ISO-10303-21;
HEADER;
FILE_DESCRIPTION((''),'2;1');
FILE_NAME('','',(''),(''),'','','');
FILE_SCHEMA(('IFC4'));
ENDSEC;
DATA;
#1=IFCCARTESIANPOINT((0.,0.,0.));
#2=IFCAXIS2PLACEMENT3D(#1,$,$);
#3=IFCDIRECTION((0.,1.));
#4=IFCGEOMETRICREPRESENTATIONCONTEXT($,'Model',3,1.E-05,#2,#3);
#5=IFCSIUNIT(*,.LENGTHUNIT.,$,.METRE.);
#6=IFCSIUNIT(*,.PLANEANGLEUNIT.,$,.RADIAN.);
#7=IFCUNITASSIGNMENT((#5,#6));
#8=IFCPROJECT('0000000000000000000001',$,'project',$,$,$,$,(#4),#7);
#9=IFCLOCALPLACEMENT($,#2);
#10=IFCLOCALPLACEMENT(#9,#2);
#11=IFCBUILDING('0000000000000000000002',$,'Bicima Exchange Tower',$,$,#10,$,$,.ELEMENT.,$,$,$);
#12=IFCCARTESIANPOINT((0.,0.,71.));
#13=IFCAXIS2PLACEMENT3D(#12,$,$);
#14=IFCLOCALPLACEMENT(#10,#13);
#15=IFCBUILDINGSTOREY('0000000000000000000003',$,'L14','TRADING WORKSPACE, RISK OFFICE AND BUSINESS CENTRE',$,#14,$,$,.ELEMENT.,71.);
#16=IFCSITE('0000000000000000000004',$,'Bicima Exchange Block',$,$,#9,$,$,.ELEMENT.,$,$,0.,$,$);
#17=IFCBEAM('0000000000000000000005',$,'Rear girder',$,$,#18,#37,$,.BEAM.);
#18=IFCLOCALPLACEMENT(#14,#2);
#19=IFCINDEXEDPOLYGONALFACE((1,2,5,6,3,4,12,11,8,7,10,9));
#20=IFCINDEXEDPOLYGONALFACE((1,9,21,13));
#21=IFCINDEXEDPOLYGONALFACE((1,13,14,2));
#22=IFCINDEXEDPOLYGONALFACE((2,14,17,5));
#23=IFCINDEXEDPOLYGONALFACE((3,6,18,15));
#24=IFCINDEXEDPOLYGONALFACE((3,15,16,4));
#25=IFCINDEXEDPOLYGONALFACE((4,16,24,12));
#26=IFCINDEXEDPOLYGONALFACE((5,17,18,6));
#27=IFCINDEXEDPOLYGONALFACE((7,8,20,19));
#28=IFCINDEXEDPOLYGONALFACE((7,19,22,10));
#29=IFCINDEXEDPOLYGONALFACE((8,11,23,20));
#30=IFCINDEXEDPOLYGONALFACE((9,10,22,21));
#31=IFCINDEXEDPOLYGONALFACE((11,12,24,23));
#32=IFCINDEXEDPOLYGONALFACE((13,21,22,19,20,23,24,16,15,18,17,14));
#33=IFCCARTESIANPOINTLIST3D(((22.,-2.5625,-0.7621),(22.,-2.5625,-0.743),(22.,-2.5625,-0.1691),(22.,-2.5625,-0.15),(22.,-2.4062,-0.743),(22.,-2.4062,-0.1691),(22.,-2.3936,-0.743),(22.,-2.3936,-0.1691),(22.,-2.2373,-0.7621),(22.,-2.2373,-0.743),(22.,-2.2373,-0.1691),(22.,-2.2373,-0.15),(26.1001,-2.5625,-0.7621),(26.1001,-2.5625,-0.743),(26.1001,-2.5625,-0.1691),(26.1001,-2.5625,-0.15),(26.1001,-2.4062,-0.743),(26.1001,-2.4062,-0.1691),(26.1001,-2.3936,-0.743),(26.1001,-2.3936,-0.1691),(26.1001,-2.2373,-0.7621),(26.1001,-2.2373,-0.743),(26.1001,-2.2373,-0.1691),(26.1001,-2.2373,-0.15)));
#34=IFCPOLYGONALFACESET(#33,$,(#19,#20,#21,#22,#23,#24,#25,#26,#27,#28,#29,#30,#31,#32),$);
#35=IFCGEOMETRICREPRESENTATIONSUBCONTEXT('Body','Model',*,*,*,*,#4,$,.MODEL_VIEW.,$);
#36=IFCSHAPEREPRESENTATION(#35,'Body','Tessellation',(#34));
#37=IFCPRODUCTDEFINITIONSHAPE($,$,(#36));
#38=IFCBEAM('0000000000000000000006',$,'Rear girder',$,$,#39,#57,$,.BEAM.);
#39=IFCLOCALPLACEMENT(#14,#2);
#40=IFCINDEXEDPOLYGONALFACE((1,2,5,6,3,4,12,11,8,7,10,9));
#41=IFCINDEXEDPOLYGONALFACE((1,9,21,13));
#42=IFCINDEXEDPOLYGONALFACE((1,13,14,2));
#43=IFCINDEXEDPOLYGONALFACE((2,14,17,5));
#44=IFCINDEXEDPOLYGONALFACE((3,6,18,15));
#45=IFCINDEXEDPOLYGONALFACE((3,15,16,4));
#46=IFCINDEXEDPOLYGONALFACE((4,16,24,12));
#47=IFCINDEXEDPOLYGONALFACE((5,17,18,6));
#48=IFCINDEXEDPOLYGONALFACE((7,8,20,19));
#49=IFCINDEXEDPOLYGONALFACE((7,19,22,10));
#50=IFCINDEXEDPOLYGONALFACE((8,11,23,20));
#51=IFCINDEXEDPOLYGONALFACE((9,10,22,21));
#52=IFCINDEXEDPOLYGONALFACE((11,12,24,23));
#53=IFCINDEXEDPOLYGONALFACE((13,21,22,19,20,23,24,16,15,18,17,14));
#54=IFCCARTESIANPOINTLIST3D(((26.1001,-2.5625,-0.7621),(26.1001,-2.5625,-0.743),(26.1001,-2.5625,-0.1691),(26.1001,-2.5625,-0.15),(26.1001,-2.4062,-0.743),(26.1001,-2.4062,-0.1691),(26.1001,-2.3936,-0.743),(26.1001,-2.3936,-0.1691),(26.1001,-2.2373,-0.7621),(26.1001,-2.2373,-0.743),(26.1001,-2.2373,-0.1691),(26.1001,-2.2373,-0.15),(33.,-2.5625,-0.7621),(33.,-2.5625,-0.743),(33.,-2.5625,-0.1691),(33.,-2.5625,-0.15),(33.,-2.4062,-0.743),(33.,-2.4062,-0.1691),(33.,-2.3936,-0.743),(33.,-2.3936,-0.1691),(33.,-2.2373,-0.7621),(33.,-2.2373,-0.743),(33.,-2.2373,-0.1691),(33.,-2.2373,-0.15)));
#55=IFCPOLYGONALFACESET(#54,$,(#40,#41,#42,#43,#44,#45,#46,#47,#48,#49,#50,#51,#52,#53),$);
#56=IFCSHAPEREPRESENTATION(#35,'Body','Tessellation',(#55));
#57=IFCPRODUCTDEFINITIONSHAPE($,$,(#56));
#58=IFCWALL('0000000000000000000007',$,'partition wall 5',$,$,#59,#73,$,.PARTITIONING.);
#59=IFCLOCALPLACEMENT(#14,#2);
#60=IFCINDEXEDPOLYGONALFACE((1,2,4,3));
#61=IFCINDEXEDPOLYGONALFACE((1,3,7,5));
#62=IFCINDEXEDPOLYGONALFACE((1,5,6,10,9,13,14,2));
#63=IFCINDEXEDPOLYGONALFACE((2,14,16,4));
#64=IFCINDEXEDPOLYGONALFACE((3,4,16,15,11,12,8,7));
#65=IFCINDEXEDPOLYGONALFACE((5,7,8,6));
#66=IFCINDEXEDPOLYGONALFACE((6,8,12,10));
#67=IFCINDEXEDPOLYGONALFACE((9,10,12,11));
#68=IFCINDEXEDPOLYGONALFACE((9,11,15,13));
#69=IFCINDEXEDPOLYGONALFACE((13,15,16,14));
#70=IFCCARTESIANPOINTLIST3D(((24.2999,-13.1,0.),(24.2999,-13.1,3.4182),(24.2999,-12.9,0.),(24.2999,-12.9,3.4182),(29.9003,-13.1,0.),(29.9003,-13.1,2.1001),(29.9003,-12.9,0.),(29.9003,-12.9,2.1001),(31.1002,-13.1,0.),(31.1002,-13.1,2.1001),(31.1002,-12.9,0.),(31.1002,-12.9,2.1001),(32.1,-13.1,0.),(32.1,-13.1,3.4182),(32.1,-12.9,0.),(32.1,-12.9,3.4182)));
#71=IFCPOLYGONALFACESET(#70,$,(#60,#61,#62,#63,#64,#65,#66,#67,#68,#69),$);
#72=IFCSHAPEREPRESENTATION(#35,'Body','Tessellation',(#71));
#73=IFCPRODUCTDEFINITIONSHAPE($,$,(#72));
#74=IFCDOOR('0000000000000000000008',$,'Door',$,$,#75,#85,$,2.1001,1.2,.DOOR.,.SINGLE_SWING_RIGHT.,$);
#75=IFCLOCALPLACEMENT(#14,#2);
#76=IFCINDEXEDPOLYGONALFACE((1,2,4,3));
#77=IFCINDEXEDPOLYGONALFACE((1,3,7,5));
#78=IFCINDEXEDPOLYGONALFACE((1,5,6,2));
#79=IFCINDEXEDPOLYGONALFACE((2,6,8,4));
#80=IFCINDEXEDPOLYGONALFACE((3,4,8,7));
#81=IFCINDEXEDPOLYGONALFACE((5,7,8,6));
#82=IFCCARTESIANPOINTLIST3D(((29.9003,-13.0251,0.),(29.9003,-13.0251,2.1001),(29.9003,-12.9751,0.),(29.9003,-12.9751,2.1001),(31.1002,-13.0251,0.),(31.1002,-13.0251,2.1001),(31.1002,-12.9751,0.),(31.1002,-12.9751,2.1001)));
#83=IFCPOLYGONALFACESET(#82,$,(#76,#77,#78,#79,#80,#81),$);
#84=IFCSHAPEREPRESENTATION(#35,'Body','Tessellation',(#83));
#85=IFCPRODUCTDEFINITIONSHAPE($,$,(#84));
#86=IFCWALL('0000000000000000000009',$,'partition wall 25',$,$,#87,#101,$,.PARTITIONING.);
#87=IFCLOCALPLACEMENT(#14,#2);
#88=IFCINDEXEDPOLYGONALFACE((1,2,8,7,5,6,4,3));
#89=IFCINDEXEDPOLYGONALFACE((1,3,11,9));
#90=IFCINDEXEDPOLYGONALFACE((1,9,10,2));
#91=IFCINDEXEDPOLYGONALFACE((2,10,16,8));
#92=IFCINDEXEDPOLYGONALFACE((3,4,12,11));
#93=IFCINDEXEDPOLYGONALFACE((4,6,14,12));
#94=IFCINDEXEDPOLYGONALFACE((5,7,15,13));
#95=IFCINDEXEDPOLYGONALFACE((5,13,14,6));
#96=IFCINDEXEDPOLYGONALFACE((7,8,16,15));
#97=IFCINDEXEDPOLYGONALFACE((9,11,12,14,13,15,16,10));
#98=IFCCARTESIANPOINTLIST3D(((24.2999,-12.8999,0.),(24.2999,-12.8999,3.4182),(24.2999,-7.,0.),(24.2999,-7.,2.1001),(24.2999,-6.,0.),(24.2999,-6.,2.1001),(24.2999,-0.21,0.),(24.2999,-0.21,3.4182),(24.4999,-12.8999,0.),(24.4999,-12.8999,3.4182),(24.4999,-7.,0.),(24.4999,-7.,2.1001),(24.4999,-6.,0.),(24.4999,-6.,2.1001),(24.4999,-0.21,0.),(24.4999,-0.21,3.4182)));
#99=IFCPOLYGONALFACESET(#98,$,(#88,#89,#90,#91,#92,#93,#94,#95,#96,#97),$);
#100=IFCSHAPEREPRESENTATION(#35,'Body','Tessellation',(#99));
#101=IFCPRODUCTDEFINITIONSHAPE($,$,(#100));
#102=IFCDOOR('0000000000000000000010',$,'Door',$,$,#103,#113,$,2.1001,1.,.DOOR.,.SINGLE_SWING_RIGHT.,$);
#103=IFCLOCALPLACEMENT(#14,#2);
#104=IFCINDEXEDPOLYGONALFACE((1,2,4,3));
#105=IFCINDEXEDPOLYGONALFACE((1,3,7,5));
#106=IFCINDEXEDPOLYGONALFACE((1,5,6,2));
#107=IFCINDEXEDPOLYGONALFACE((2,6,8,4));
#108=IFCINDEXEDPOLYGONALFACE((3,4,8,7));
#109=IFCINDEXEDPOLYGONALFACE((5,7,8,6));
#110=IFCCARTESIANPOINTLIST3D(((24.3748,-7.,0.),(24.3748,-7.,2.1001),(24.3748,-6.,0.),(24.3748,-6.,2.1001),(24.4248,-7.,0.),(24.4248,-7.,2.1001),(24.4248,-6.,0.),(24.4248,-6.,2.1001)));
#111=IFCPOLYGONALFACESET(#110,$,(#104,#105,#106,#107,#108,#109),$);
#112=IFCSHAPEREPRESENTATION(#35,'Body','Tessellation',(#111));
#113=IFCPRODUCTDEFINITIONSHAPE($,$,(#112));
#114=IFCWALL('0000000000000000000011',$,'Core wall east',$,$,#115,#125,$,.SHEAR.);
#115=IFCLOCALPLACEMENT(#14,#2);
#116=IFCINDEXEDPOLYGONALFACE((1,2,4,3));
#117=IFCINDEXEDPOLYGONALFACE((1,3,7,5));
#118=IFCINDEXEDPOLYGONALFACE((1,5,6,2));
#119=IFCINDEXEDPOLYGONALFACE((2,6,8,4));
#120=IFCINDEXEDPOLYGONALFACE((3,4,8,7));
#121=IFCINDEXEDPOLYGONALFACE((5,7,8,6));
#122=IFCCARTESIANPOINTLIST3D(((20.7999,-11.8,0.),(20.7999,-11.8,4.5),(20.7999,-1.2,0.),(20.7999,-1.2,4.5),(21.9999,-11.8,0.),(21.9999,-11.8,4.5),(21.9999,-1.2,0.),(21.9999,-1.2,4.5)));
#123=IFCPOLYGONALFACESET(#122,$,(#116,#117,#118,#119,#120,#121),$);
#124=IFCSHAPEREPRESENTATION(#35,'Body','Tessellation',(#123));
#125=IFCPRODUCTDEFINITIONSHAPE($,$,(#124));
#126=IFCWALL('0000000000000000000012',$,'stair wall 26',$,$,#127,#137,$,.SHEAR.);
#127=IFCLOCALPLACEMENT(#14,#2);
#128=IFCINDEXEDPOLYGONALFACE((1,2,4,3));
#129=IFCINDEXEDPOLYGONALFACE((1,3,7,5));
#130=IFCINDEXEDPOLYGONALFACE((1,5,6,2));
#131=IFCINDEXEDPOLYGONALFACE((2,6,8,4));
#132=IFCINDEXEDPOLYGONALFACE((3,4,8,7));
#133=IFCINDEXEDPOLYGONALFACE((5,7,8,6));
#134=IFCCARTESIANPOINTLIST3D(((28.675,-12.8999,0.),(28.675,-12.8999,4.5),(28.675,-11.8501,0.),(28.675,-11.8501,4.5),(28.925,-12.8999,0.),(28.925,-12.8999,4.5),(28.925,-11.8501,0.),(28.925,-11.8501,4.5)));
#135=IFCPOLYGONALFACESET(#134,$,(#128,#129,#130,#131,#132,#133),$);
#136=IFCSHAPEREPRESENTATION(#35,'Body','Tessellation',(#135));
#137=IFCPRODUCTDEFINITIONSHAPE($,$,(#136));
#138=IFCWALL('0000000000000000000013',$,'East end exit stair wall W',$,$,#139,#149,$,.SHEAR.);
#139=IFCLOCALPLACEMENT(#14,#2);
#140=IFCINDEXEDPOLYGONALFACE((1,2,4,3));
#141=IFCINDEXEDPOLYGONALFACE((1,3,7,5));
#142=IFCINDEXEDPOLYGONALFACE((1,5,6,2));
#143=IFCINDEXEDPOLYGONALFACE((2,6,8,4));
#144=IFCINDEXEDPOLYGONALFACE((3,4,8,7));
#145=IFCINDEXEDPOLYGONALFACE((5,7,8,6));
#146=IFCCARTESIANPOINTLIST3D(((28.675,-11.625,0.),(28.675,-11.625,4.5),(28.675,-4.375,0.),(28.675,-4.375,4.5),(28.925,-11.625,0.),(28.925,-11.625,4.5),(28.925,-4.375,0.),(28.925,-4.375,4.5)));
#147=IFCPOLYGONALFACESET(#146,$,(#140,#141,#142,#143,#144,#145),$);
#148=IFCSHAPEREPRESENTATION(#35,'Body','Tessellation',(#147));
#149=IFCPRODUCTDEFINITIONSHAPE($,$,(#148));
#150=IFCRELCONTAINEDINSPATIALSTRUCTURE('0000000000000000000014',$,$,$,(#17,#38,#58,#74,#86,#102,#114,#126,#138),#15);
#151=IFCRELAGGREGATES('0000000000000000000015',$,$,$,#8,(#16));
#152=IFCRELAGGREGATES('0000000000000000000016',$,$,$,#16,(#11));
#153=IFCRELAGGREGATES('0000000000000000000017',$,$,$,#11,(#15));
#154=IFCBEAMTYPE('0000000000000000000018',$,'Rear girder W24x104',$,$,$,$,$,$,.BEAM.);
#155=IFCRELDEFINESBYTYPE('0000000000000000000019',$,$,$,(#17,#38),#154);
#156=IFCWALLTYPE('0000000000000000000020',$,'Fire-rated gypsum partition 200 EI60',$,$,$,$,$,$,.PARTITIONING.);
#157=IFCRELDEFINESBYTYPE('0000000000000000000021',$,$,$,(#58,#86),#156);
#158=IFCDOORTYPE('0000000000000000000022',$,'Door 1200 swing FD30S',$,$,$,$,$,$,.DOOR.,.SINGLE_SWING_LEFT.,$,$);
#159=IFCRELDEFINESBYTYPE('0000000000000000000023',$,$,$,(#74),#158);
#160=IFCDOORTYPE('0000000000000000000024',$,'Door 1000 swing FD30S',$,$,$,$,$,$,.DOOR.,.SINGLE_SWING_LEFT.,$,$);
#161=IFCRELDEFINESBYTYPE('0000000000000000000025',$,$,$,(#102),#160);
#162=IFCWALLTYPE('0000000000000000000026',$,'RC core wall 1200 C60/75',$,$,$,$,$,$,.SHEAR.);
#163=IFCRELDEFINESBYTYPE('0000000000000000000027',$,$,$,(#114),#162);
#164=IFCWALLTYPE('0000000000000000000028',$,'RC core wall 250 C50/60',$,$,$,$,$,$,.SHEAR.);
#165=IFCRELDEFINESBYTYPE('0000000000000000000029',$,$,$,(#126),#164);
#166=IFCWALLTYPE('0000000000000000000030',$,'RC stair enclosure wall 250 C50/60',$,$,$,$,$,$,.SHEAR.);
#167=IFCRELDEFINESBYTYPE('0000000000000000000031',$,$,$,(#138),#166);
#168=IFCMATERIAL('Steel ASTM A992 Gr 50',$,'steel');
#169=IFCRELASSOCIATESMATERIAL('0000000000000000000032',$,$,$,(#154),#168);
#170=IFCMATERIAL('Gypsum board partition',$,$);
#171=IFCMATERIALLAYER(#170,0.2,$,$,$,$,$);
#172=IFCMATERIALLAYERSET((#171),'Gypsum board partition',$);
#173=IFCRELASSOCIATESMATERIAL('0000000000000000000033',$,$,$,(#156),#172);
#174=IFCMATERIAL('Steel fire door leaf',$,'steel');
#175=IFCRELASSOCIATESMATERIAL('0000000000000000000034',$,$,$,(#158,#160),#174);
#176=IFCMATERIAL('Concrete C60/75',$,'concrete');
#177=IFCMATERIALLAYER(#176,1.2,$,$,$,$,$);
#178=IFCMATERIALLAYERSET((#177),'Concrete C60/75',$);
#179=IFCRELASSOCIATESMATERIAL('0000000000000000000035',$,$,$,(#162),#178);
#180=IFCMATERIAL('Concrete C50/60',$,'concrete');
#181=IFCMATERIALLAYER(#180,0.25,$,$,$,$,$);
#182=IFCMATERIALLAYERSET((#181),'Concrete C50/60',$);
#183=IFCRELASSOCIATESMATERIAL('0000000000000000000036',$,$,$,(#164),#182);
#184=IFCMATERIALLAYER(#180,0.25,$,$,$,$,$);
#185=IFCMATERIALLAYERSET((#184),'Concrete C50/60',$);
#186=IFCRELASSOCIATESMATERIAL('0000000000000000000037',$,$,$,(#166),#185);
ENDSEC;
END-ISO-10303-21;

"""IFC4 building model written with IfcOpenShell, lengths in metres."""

from ifc_helpers import new_model, si_unit, direction, frame, frame_2d, origin, origin_2d, place, context, subcontext, project, spatial, rectangle, i_section, extrude, material, layer, layer_set, material_profile, profile_set, type_object, element, fill, save


model = new_model("IFC4")

# Units and contexts
model_context = context("Model", 3, precision=1e-05, world=origin(), true_north=direction((0.0, 1.0)))
body_context = subcontext(model_context, "Body", "Model", "MODEL_VIEW")
ifc_project = project(units=[si_unit("LENGTHUNIT", "METRE"), si_unit("PLANEANGLEUNIT", "RADIAN")], contexts=[model_context])

# Site, building, storey
site_placement = place(None, origin())
site = spatial("IfcSite", under=ifc_project, at=site_placement, Name="Bicima Exchange Block", CompositionType="ELEMENT", RefElevation=0.0)
building_placement = place(site_placement, origin())
building = spatial("IfcBuilding", under=site, at=building_placement, Name="Bicima Exchange Tower", CompositionType="ELEMENT")
storey_placement = place(building_placement, frame((0.0, 0.0, 71.0)))
storey = spatial("IfcBuildingStorey", under=building, at=storey_placement, Name="L14", Description="TRADING WORKSPACE, RISK OFFICE AND BUSINESS CENTRE", CompositionType="ELEMENT", Elevation=71.0)

# Shared definitions
ifc_material_1 = material(Name="Steel ASTM A992 Gr 50", Category="steel")

# Beams
ifc_material_profile_1 = material_profile(ifc_material_1, i_section(OverallWidth=0.3252, OverallDepth=0.6121, WebThickness=0.0127, FlangeThickness=0.019, at=origin_2d()))
ifc_profile_set_1 = profile_set([ifc_material_profile_1], Name="Steel ASTM A992 Gr 50")
beam_type_1 = type_object("IfcBeamType", Name="Rear girder W24x104", PredefinedType="BEAM", material=ifc_profile_set_1)
beam_1_placement = place(storey_placement, frame((22.0, -2.3999, -0.4561), z_axis=(1.0, 0.0, 0.0), x_axis=(0.0, 1.0, 0.0)))
element("IfcBeam", 1, at=beam_1_placement, inside=storey, type_object=beam_type_1, Name="Rear girder", PredefinedType="BEAM", context=body_context, shape_type="SweptSolid", body=[
    extrude(i_section(OverallWidth=0.3252, OverallDepth=0.6121, WebThickness=0.0127, FlangeThickness=0.019, at=origin_2d()), origin(), (0.0, 0.0, 1.0), 4.1001),
])
beam_2_placement = place(storey_placement, frame((26.1001, -2.3999, -0.4561), z_axis=(1.0, 0.0, 0.0), x_axis=(0.0, 1.0, 0.0)))
element("IfcBeam", 2, at=beam_2_placement, inside=storey, type_object=beam_type_1, Name="Rear girder", PredefinedType="BEAM", context=body_context, shape_type="SweptSolid", body=[
    extrude(i_section(OverallWidth=0.3252, OverallDepth=0.6121, WebThickness=0.0127, FlangeThickness=0.019, at=origin_2d()), origin(), (0.0, 0.0, 1.0), 6.8999),
])

# Walls, openings, doors
ifc_material_2 = material(Name="Gypsum board partition")
ifc_layer_1 = layer(ifc_material_2, 0.2)
ifc_layer_set_1 = layer_set([ifc_layer_1], Name="Gypsum board partition")
wall_type_1 = type_object("IfcWallType", Name="Fire-rated gypsum partition 200 EI60", PredefinedType="PARTITIONING", material=ifc_layer_set_1)
wall_1_placement = place(storey_placement, frame((24.3, -13.0, 0.0), z_axis=(0.0, 0.0, 1.0), x_axis=(1.0, 0.0, 0.0)))
wall_1 = element("IfcWall", 3, at=wall_1_placement, inside=storey, type_object=wall_type_1, Name="partition wall 5", PredefinedType="PARTITIONING", context=body_context, shape_type="SweptSolid", body=[
    extrude(rectangle(XDim=7.8, YDim=0.2, at=frame_2d((3.8999, 0.0))), origin(), (0.0, 0.0, 1.0), 3.4182),
])
opening_1_placement = place(wall_1_placement, frame((5.6001, 0.0, 0.0)))
opening_1 = element("IfcOpeningElement", 4, at=opening_1_placement, cuts=wall_1, PredefinedType="OPENING", context=body_context, shape_type="SweptSolid", body=[
    extrude(rectangle(XDim=1.2, YDim=2.1001, at=frame_2d((0.6001, 1.05))), frame((0.0, 0.1118, 0.0), z_axis=(0.0, -1.0, 0.0), x_axis=(1.0, 0.0, 0.0)), (0.0, 0.0, 1.0), 0.2239),
])
ifc_material_3 = material(Name="Steel fire door leaf", Category="steel")
door_type_1 = type_object("IfcDoorType", Name="Door 1200 swing FD30S", OperationType="SINGLE_SWING_LEFT", PredefinedType="DOOR", material=ifc_material_3)
door_1_placement = place(opening_1_placement, origin())
door_1 = element("IfcDoor", 5, at=door_1_placement, inside=storey, type_object=door_type_1, Name="Door", OperationType="SINGLE_SWING_RIGHT", OverallHeight=2.1001, OverallWidth=1.2, PredefinedType="DOOR", context=body_context, shape_type="SweptSolid", body=[
    extrude(rectangle(XDim=1.2, YDim=2.1001, at=frame_2d((0.6001, 1.05))), frame((0.0, 0.0249, 0.0), z_axis=(0.0, -1.0, 0.0), x_axis=(1.0, 0.0, 0.0)), (0.0, 0.0, 1.0), 0.05),
])
fill(opening_1, door_1)
wall_2_placement = place(storey_placement, frame((24.3999, -12.8999, 0.0), z_axis=(0.0, 0.0, 1.0), x_axis=(0.0, 1.0, 0.0)))
wall_2 = element("IfcWall", 6, at=wall_2_placement, inside=storey, type_object=wall_type_1, Name="partition wall 25", PredefinedType="PARTITIONING", context=body_context, shape_type="SweptSolid", body=[
    extrude(rectangle(XDim=12.6899, YDim=0.2, at=frame_2d((6.345, 0.0))), origin(), (0.0, 0.0, 1.0), 3.4182),
])
opening_2_placement = place(wall_2_placement, frame((5.8999, 0.0, 0.0)))
opening_2 = element("IfcOpeningElement", 7, at=opening_2_placement, cuts=wall_2, PredefinedType="OPENING", context=body_context, shape_type="SweptSolid", body=[
    extrude(rectangle(XDim=1.0, YDim=2.1001, at=frame_2d((0.5, 1.05))), frame((0.0, 0.1118, 0.0), z_axis=(0.0, -1.0, 0.0), x_axis=(1.0, 0.0, 0.0)), (0.0, 0.0, 1.0), 0.2239),
])
door_type_2 = type_object("IfcDoorType", Name="Door 1000 swing FD30S", OperationType="SINGLE_SWING_LEFT", PredefinedType="DOOR", material=ifc_material_3)
door_2_placement = place(opening_2_placement, frame((1.0, 0.0, 0.0), z_axis=(0.0, 0.0, 1.0), x_axis=(-1.0, 0.0, 0.0)))
door_2 = element("IfcDoor", 8, at=door_2_placement, inside=storey, type_object=door_type_2, Name="Door", OperationType="SINGLE_SWING_RIGHT", OverallHeight=2.1001, OverallWidth=1.0, PredefinedType="DOOR", context=body_context, shape_type="SweptSolid", body=[
    extrude(rectangle(XDim=1.0, YDim=2.1001, at=frame_2d((0.5, 1.05))), frame((0.0, 0.0249, 0.0), z_axis=(0.0, -1.0, 0.0), x_axis=(1.0, 0.0, 0.0)), (0.0, 0.0, 1.0), 0.05),
])
fill(opening_2, door_2)

# Walls
ifc_material_4 = material(Name="Concrete C60/75", Category="concrete")
ifc_layer_2 = layer(ifc_material_4, 1.2)
ifc_layer_set_2 = layer_set([ifc_layer_2], Name="Concrete C60/75")
wall_type_2 = type_object("IfcWallType", Name="RC core wall 1200 C60/75", PredefinedType="SHEAR", material=ifc_layer_set_2)
wall_3_placement = place(storey_placement, frame((21.3999, -11.8, 0.0), z_axis=(0.0, 0.0, 1.0), x_axis=(0.0, 1.0, 0.0)))
element("IfcWall", 9, at=wall_3_placement, inside=storey, type_object=wall_type_2, Name="Core wall east", PredefinedType="SHEAR", context=body_context, shape_type="SweptSolid", body=[
    extrude(rectangle(XDim=10.6001, YDim=1.2, at=frame_2d((5.3, 0.0))), origin(), (0.0, 0.0, 1.0), 4.5),
])
ifc_material_5 = material(Name="Concrete C50/60", Category="concrete")
ifc_layer_3 = layer(ifc_material_5, 0.25)
ifc_layer_set_3 = layer_set([ifc_layer_3], Name="Concrete C50/60")
wall_type_3 = type_object("IfcWallType", Name="RC core wall 250 C50/60", PredefinedType="SHEAR", material=ifc_layer_set_3)
wall_4_placement = place(storey_placement, frame((28.8, -12.8999, 0.0), z_axis=(0.0, 0.0, 1.0), x_axis=(0.0, 1.0, 0.0)))
element("IfcWall", 10, at=wall_4_placement, inside=storey, type_object=wall_type_3, Name="stair wall 26", PredefinedType="SHEAR", context=body_context, shape_type="SweptSolid", body=[
    extrude(rectangle(XDim=1.0498, YDim=0.25, at=frame_2d((0.5249, 0.0))), origin(), (0.0, 0.0, 1.0), 4.5),
])
ifc_layer_4 = layer(ifc_material_5, 0.25)
ifc_layer_set_4 = layer_set([ifc_layer_4], Name="Concrete C50/60")
wall_type_4 = type_object("IfcWallType", Name="RC stair enclosure wall 250 C50/60", PredefinedType="SHEAR", material=ifc_layer_set_4)
wall_5_placement = place(storey_placement, frame((28.8, -11.625, 0.0), z_axis=(0.0, 0.0, 1.0), x_axis=(0.0, 1.0, 0.0)))
element("IfcWall", 11, at=wall_5_placement, inside=storey, type_object=wall_type_4, Name="East end exit stair wall W", PredefinedType="SHEAR", context=body_context, shape_type="SweptSolid", body=[
    extrude(rectangle(XDim=7.25, YDim=0.25, at=frame_2d((3.625, 0.0))), origin(), (0.0, 0.0, 1.0), 4.5),
])

save(model, "model.ifc")
